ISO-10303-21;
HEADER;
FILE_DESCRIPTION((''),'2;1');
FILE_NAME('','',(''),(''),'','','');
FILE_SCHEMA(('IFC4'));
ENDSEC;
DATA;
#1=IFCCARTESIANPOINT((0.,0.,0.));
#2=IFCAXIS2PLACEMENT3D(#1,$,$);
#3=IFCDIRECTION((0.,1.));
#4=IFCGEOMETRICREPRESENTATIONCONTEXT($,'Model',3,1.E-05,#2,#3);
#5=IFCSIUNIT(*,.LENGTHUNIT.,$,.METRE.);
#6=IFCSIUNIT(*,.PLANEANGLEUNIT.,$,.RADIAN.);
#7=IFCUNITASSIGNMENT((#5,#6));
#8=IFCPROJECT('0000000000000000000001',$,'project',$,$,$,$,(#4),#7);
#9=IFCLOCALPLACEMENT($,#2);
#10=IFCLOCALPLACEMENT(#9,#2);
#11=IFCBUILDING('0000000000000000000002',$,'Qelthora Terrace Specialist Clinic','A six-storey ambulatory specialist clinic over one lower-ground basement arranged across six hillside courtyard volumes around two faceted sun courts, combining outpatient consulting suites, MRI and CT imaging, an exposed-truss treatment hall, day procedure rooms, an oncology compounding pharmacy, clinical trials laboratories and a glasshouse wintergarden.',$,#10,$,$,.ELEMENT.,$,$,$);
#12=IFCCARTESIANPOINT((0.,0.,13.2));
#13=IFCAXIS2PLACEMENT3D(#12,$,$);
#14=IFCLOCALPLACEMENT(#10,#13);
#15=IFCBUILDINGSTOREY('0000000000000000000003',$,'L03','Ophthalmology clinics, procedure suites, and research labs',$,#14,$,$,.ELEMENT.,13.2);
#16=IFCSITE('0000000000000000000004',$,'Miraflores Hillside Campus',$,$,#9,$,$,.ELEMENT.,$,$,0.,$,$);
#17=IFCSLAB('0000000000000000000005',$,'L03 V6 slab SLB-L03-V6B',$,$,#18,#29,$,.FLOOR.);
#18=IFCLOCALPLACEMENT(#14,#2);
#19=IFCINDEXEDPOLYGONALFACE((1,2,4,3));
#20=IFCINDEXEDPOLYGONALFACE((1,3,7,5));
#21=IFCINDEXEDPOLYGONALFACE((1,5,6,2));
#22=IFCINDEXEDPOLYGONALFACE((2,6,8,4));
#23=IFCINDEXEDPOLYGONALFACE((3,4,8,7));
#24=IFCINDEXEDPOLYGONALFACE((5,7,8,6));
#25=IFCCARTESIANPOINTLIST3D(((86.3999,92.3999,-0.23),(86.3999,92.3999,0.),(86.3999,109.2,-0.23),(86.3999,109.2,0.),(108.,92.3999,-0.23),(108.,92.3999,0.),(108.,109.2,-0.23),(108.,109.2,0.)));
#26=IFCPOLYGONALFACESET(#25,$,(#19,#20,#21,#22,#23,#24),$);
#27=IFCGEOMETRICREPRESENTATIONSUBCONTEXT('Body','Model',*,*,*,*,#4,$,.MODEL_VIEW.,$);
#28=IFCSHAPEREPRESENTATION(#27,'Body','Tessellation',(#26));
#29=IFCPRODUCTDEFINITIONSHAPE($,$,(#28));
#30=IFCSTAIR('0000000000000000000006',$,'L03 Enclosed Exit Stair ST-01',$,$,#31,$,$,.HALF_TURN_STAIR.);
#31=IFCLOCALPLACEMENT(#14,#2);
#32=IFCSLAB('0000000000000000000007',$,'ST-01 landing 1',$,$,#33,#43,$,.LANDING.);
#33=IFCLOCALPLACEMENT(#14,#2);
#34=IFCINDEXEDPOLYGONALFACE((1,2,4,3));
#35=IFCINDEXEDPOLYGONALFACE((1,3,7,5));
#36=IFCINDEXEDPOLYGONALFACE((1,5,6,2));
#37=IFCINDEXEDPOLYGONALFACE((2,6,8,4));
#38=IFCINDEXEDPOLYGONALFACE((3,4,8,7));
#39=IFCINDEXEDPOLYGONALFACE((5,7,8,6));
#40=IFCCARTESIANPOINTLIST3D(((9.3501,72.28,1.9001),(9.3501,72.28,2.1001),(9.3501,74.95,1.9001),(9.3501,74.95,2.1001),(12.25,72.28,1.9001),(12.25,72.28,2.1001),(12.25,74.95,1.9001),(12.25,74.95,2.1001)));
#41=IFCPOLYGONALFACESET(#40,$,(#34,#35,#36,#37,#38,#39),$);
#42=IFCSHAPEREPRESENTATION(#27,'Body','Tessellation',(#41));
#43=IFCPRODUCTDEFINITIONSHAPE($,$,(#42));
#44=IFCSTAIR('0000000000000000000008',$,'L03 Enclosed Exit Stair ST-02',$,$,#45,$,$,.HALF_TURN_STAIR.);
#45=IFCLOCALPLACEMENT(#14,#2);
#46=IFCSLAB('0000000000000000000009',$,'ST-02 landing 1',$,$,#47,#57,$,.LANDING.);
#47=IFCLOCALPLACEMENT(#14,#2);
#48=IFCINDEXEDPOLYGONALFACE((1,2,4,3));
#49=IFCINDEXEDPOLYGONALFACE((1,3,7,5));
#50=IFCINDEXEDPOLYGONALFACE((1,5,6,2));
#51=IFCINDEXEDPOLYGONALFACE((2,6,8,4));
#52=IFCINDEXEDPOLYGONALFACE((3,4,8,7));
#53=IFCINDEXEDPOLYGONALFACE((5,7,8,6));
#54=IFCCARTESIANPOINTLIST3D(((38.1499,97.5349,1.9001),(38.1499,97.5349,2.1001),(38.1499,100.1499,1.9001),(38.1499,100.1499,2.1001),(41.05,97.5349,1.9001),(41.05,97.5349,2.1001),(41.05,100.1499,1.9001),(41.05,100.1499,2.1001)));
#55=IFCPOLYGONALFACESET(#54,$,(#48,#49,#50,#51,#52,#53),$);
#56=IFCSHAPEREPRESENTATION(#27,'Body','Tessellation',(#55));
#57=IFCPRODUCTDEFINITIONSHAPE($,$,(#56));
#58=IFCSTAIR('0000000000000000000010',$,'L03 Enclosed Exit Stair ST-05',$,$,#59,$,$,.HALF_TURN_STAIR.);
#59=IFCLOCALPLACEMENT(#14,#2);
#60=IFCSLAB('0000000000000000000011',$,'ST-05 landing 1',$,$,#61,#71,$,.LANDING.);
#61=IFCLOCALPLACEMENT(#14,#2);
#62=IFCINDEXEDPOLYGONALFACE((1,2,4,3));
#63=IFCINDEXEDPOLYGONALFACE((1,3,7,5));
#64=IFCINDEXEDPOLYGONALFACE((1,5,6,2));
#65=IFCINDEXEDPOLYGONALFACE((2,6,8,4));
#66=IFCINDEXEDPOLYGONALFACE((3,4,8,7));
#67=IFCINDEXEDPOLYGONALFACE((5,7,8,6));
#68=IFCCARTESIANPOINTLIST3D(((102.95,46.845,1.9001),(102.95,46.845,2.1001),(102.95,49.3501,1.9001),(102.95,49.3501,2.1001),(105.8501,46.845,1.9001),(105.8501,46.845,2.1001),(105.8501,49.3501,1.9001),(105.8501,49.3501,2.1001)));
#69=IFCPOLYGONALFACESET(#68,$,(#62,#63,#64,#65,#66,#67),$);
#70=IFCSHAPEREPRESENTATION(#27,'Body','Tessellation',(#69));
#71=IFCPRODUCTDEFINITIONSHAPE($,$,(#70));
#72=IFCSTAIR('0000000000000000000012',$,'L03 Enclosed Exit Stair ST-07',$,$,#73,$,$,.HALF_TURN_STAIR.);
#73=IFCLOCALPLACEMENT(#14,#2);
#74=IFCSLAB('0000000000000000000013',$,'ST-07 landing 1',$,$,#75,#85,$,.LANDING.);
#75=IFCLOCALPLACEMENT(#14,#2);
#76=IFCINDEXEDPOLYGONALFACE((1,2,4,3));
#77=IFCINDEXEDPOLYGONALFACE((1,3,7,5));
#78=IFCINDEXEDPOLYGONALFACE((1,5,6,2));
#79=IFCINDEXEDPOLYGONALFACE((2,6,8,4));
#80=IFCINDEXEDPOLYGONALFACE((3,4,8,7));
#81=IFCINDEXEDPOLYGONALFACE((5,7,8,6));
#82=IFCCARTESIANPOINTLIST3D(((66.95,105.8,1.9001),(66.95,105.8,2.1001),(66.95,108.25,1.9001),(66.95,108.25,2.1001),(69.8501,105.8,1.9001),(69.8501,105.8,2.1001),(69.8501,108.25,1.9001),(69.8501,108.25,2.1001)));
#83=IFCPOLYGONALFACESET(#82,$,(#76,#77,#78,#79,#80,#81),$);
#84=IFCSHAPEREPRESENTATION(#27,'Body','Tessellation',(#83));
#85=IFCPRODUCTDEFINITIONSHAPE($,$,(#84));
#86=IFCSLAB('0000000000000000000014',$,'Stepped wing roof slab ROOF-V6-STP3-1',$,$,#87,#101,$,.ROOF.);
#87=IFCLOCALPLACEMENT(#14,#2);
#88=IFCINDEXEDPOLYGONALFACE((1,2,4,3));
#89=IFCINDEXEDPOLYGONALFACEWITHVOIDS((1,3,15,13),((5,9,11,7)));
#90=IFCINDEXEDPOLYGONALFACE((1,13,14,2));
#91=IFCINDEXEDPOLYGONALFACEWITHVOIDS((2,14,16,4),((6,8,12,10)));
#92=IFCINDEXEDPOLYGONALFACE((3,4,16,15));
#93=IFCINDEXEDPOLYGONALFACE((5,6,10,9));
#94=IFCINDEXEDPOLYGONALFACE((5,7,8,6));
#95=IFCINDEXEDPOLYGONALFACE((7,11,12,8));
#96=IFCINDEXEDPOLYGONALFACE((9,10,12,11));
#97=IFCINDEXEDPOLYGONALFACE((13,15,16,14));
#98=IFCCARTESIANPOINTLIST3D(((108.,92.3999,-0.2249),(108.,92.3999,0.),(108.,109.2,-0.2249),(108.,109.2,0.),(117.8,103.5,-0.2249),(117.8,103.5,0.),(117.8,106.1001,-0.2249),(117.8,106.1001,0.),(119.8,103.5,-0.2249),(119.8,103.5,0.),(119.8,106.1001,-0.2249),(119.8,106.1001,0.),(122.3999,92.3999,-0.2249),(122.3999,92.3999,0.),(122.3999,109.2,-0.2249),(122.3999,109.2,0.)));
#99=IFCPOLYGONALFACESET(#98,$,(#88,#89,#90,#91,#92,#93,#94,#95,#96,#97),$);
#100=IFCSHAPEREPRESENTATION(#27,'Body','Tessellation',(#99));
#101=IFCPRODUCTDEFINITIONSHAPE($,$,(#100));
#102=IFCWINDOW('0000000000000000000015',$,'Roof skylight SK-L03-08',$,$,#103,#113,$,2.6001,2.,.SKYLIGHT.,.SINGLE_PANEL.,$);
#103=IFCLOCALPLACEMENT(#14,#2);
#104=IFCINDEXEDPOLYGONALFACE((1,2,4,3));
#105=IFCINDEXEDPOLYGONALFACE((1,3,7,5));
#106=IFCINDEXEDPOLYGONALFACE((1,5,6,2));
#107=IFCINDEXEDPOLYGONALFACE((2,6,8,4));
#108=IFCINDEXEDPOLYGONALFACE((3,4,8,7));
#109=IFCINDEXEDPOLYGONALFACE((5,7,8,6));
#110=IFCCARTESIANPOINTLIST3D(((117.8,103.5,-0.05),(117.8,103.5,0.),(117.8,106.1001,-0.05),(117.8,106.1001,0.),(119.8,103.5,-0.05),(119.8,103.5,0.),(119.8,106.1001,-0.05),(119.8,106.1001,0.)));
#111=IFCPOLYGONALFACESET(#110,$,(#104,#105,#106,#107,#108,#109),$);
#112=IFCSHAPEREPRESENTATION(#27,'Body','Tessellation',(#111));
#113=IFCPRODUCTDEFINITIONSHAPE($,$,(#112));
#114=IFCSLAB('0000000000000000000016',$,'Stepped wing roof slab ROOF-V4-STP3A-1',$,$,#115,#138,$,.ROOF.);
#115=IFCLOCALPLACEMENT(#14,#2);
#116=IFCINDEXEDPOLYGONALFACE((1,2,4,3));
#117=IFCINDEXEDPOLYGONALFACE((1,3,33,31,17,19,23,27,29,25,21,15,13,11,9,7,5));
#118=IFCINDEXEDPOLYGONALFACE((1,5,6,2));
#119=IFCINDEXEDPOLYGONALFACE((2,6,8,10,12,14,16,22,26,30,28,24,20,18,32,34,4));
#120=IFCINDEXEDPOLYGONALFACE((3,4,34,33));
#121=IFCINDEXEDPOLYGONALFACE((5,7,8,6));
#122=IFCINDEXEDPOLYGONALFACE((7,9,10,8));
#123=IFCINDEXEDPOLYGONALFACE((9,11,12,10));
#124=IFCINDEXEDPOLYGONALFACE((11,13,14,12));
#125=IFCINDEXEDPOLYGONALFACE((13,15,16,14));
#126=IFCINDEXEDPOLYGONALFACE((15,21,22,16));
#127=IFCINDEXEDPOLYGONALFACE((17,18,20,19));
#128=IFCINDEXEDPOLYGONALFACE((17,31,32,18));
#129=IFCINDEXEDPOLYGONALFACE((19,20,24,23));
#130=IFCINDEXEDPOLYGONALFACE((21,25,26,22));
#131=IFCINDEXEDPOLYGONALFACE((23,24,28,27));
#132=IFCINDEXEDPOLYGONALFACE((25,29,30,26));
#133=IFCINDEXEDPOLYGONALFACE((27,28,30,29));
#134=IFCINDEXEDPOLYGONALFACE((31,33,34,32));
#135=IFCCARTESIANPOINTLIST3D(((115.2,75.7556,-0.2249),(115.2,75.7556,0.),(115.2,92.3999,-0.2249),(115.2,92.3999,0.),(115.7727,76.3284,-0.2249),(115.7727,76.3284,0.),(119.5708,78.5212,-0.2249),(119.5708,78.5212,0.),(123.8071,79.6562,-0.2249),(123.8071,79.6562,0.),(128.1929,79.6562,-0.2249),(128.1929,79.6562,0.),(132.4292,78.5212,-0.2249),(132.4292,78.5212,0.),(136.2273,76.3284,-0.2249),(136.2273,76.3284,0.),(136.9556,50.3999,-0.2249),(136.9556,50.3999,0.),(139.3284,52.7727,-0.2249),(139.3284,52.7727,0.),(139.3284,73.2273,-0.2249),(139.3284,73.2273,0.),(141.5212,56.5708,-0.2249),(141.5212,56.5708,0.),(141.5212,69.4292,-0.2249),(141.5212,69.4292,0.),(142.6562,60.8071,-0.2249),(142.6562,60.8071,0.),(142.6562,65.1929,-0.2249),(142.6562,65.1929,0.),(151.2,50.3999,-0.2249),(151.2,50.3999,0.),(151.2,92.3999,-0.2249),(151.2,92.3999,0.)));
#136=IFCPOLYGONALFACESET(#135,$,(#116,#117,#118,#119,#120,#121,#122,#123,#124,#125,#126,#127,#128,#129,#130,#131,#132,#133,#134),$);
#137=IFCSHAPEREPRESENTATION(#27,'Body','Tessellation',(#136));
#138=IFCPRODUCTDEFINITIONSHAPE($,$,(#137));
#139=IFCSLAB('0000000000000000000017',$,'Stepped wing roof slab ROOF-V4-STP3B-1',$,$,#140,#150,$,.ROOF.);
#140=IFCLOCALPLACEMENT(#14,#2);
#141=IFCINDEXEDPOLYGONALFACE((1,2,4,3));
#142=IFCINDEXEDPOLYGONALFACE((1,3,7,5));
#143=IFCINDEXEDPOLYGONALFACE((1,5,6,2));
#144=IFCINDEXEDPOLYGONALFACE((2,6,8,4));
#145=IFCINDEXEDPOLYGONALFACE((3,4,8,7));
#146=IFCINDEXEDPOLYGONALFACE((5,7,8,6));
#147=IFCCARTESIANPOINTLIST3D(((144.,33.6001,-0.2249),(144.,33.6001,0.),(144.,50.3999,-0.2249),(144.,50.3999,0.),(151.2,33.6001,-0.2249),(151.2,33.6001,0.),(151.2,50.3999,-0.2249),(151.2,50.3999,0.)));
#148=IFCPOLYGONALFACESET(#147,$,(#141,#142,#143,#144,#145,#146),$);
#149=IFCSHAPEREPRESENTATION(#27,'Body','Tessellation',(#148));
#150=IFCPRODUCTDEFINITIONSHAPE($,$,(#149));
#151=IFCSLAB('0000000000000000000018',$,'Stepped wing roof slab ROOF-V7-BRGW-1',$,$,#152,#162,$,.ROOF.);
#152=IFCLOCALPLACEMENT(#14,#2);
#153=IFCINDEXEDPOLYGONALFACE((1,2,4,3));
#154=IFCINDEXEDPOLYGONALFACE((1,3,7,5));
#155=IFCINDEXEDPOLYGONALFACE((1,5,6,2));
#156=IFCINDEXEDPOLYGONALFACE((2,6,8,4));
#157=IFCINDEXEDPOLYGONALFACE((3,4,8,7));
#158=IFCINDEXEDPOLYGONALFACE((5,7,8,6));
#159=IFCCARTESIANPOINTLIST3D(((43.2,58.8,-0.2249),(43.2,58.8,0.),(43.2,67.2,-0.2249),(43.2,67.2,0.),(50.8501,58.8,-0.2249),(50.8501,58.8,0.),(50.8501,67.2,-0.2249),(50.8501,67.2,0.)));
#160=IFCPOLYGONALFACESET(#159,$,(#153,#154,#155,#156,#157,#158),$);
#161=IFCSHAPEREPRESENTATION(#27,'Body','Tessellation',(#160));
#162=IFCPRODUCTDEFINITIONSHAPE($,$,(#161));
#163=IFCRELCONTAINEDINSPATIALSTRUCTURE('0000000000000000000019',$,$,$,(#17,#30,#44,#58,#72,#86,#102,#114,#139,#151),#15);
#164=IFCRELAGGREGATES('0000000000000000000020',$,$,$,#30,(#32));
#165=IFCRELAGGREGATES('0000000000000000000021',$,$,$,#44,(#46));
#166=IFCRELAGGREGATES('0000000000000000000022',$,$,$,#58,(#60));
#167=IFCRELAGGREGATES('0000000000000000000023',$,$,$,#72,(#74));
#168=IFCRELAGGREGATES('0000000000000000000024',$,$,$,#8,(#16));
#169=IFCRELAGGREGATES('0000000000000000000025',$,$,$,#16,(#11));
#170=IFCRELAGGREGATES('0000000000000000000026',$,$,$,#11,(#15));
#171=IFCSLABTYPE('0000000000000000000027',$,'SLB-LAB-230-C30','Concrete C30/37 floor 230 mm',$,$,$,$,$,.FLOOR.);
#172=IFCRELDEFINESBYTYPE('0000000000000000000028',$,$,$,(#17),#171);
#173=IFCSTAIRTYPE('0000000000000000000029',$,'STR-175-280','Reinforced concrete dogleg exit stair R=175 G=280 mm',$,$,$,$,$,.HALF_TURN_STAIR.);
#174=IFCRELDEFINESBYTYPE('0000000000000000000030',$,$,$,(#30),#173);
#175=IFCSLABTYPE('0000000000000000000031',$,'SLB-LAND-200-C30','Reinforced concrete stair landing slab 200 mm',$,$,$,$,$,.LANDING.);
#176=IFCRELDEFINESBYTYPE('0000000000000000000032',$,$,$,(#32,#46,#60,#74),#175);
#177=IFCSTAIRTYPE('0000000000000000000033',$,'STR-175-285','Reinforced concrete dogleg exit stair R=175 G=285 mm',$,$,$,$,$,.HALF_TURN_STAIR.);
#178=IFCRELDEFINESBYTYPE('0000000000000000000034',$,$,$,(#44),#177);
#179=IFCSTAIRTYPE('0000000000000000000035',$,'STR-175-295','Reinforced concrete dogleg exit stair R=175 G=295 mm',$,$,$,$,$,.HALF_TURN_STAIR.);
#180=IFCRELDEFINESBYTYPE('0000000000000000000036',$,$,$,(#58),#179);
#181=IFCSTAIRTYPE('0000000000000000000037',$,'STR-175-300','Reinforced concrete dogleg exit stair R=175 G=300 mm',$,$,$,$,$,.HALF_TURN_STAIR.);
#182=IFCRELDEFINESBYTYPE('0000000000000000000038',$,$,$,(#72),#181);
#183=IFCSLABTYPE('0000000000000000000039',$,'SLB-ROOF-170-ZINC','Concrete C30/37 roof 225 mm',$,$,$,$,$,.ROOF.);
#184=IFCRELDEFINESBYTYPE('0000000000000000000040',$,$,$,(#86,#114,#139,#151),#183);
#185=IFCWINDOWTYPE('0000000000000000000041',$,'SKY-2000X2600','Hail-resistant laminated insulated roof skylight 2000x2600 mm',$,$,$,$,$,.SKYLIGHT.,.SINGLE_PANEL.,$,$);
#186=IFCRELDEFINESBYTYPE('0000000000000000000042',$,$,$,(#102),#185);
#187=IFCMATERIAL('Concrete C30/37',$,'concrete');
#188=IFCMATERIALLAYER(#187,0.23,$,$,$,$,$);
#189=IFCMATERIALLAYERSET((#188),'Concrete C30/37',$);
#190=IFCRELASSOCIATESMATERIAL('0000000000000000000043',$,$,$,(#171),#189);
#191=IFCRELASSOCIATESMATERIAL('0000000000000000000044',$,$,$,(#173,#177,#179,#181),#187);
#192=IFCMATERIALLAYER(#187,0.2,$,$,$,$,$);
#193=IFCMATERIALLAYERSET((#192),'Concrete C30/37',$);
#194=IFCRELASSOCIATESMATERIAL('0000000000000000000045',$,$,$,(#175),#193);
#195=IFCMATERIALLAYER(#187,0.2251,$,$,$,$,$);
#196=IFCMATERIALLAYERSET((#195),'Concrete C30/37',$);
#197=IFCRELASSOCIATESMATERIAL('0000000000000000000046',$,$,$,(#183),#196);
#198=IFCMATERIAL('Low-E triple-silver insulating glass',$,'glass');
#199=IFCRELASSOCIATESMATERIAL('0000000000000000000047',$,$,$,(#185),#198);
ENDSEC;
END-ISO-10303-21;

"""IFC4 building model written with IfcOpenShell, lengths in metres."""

from ifc_helpers import new_model, si_unit, direction, frame, origin, origin_2d, place, context, subcontext, project, spatial, polyline, rectangle, outline, extrude, material, layer, layer_set, type_object, element, fill, aggregate, save


model = new_model("IFC4")

# Units and contexts
model_context = context("Model", 3, precision=1e-05, world=origin(), true_north=direction((0.0, 1.0)))
body_context = subcontext(model_context, "Body", "Model", "MODEL_VIEW")
ifc_project = project(units=[si_unit("LENGTHUNIT", "METRE"), si_unit("PLANEANGLEUNIT", "RADIAN")], contexts=[model_context])

# Site, building, storey
site_placement = place(None, origin())
site = spatial("IfcSite", under=ifc_project, at=site_placement, Name="Miraflores Hillside Campus", CompositionType="ELEMENT", RefElevation=0.0)
building_placement = place(site_placement, origin())
building = spatial("IfcBuilding", under=site, at=building_placement, Name="Qelthora Terrace Specialist Clinic", Description="A six-storey ambulatory specialist clinic over one lower-ground basement arranged across six hillside courtyard volumes around two faceted sun courts, combining outpatient consulting suites, MRI and CT imaging, an exposed-truss treatment hall, day procedure rooms, an oncology compounding pharmacy, clinical trials laboratories and a glasshouse wintergarden.", CompositionType="ELEMENT")
storey_placement = place(building_placement, frame((0.0, 0.0, 13.2)))
storey = spatial("IfcBuildingStorey", under=building, at=storey_placement, Name="L03", Description="Ophthalmology clinics, procedure suites, and research labs", CompositionType="ELEMENT", Elevation=13.2)

# Slab
ifc_material_1 = material(Name="Concrete C30/37", Category="concrete")
ifc_layer_1 = layer(ifc_material_1, 0.23)
ifc_layer_set_1 = layer_set([ifc_layer_1], Name="Concrete C30/37")
slab_type_1 = type_object("IfcSlabType", Name="SLB-LAB-230-C30", Description="Concrete C30/37 floor 230 mm", PredefinedType="FLOOR", material=ifc_layer_set_1)
slab_1_placement = place(storey_placement, frame((0.0, 0.0, -0.23)))
element("IfcSlab", 1, at=slab_1_placement, inside=storey, type_object=slab_type_1, Name="L03 V6 slab SLB-L03-V6B", PredefinedType="FLOOR", context=body_context, shape_type="SweptSolid", body=[
    extrude(outline(polyline([(86.3999, 109.2), (108.0, 109.2), (108.0, 92.3999), (86.3999, 92.3999), (86.3999, 109.2)])), origin(), (0.0, 0.0, 1.0), 0.23),
])

# Stairs, slabs
stair_type_1 = type_object("IfcStairType", Name="STR-175-280", Description="Reinforced concrete dogleg exit stair R=175 G=280 mm", PredefinedType="HALF_TURN_STAIR", material=ifc_material_1)
stair_1_placement = place(storey_placement, origin())
stair_1 = element("IfcStair", 2, at=stair_1_placement, inside=storey, type_object=stair_type_1, Name="L03 Enclosed Exit Stair ST-01", PredefinedType="HALF_TURN_STAIR")
ifc_layer_2 = layer(ifc_material_1, 0.2)
ifc_layer_set_2 = layer_set([ifc_layer_2], Name="Concrete C30/37")
slab_type_2 = type_object("IfcSlabType", Name="SLB-LAND-200-C30", Description="Reinforced concrete stair landing slab 200 mm", PredefinedType="LANDING", material=ifc_layer_set_2)
slab_2_placement = place(storey_placement, frame((0.0, 0.0, 1.9001)))
slab_2 = element("IfcSlab", 3, at=slab_2_placement, type_object=slab_type_2, Name="ST-01 landing 1", PredefinedType="LANDING", context=body_context, shape_type="SweptSolid", body=[
    extrude(outline(polyline([(12.25, 72.28), (12.25, 74.95), (9.3501, 74.95), (9.3501, 72.28), (12.25, 72.28)])), origin(), (0.0, 0.0, 1.0), 0.2),
])
aggregate(stair_1, [slab_2])
stair_type_2 = type_object("IfcStairType", Name="STR-175-285", Description="Reinforced concrete dogleg exit stair R=175 G=285 mm", PredefinedType="HALF_TURN_STAIR", material=ifc_material_1)
stair_2_placement = place(storey_placement, origin())
stair_2 = element("IfcStair", 4, at=stair_2_placement, inside=storey, type_object=stair_type_2, Name="L03 Enclosed Exit Stair ST-02", PredefinedType="HALF_TURN_STAIR")
slab_3_placement = place(storey_placement, frame((0.0, 0.0, 1.9001)))
slab_3 = element("IfcSlab", 5, at=slab_3_placement, type_object=slab_type_2, Name="ST-02 landing 1", PredefinedType="LANDING", context=body_context, shape_type="SweptSolid", body=[
    extrude(outline(polyline([(41.05, 97.5349), (41.05, 100.1499), (38.1499, 100.1499), (38.1499, 97.5349), (41.05, 97.5349)])), origin(), (0.0, 0.0, 1.0), 0.2),
])
aggregate(stair_2, [slab_3])
stair_type_3 = type_object("IfcStairType", Name="STR-175-295", Description="Reinforced concrete dogleg exit stair R=175 G=295 mm", PredefinedType="HALF_TURN_STAIR", material=ifc_material_1)
stair_3_placement = place(storey_placement, origin())
stair_3 = element("IfcStair", 6, at=stair_3_placement, inside=storey, type_object=stair_type_3, Name="L03 Enclosed Exit Stair ST-05", PredefinedType="HALF_TURN_STAIR")
slab_4_placement = place(storey_placement, frame((0.0, 0.0, 1.9001)))
slab_4 = element("IfcSlab", 7, at=slab_4_placement, type_object=slab_type_2, Name="ST-05 landing 1", PredefinedType="LANDING", context=body_context, shape_type="SweptSolid", body=[
    extrude(outline(polyline([(105.8501, 46.845), (105.8501, 49.3501), (102.95, 49.3501), (102.95, 46.845), (105.8501, 46.845)])), origin(), (0.0, 0.0, 1.0), 0.2),
])
aggregate(stair_3, [slab_4])
stair_type_4 = type_object("IfcStairType", Name="STR-175-300", Description="Reinforced concrete dogleg exit stair R=175 G=300 mm", PredefinedType="HALF_TURN_STAIR", material=ifc_material_1)
stair_4_placement = place(storey_placement, origin())
stair_4 = element("IfcStair", 8, at=stair_4_placement, inside=storey, type_object=stair_type_4, Name="L03 Enclosed Exit Stair ST-07", PredefinedType="HALF_TURN_STAIR")
slab_5_placement = place(storey_placement, frame((0.0, 0.0, 1.9001)))
slab_5 = element("IfcSlab", 9, at=slab_5_placement, type_object=slab_type_2, Name="ST-07 landing 1", PredefinedType="LANDING", context=body_context, shape_type="SweptSolid", body=[
    extrude(outline(polyline([(69.8501, 105.8), (69.8501, 108.25), (66.95, 108.25), (66.95, 105.8), (69.8501, 105.8)])), origin(), (0.0, 0.0, 1.0), 0.2),
])
aggregate(stair_4, [slab_5])

# Slab, opening, window
ifc_layer_3 = layer(ifc_material_1, 0.2251)
ifc_layer_set_3 = layer_set([ifc_layer_3], Name="Concrete C30/37")
slab_type_3 = type_object("IfcSlabType", Name="SLB-ROOF-170-ZINC", Description="Concrete C30/37 roof 225 mm", PredefinedType="ROOF", material=ifc_layer_set_3)
slab_6_placement = place(storey_placement, frame((0.0, 0.0, -0.2249)))
slab_6 = element("IfcSlab", 10, at=slab_6_placement, inside=storey, type_object=slab_type_3, Name="Stepped wing roof slab ROOF-V6-STP3-1", PredefinedType="ROOF", context=body_context, shape_type="SweptSolid", body=[
    extrude(outline(polyline([(122.3999, 109.2), (122.3999, 92.3999), (108.0, 92.3999), (108.0, 109.2), (122.3999, 109.2)])), origin(), (0.0, 0.0, 1.0), 0.2249),
])
opening_1_placement = place(slab_6_placement, frame((118.8, 104.8, 0.0)))
opening_1 = element("IfcOpeningElement", 11, at=opening_1_placement, cuts=slab_6, PredefinedType="OPENING", context=body_context, shape_type="SweptSolid", body=[
    extrude(rectangle(XDim=2.0, YDim=2.6001, at=origin_2d()), frame((0.0, 0.0, -0.01)), (0.0, 0.0, 1.0), 0.2449),
])
ifc_material_2 = material(Name="Low-E triple-silver insulating glass", Category="glass")
window_type_1 = type_object("IfcWindowType", Name="SKY-2000X2600", Description="Hail-resistant laminated insulated roof skylight 2000x2600 mm", PartitioningType="SINGLE_PANEL", PredefinedType="SKYLIGHT", material=ifc_material_2)
window_1_placement = place(opening_1_placement, frame((0.0, 0.0, 0.1748)))
window_1 = element("IfcWindow", 12, at=window_1_placement, inside=storey, type_object=window_type_1, Name="Roof skylight SK-L03-08", OverallHeight=2.6001, OverallWidth=2.0, PartitioningType="SINGLE_PANEL", PredefinedType="SKYLIGHT", context=body_context, shape_type="SweptSolid", body=[
    extrude(rectangle(XDim=2.0, YDim=2.6001, at=origin_2d()), origin(), (0.0, 0.0, 1.0), 0.05),
])
fill(opening_1, window_1)

# Slabs
slab_7_placement = place(storey_placement, frame((0.0, 0.0, -0.2249)))
element("IfcSlab", 13, at=slab_7_placement, inside=storey, type_object=slab_type_3, Name="Stepped wing roof slab ROOF-V4-STP3A-1", PredefinedType="ROOF", context=body_context, shape_type="SweptSolid", body=[
    extrude(outline(polyline([(151.2, 92.3999), (151.2, 50.3999), (136.9556, 50.3999), (139.3284, 52.7727), (141.5212, 56.5708), (142.6562, 60.8071), (142.6562, 65.1929), (141.5212, 69.4292), (139.3284, 73.2273), (136.2273, 76.3284), (132.4292, 78.5212), (128.1929, 79.6562), (123.8071, 79.6562), (119.5708, 78.5212), (115.7727, 76.3284), (115.2, 75.7556), (115.2, 92.3999), (151.2, 92.3999)])), origin(), (0.0, 0.0, 1.0), 0.2249),
])
slab_8_placement = place(storey_placement, frame((0.0, 0.0, -0.2249)))
element("IfcSlab", 14, at=slab_8_placement, inside=storey, type_object=slab_type_3, Name="Stepped wing roof slab ROOF-V4-STP3B-1", PredefinedType="ROOF", context=body_context, shape_type="SweptSolid", body=[
    extrude(outline(polyline([(151.2, 50.3999), (151.2, 33.6001), (144.0, 33.6001), (144.0, 50.3999), (151.2, 50.3999)])), origin(), (0.0, 0.0, 1.0), 0.2249),
])
slab_9_placement = place(storey_placement, frame((0.0, 0.0, -0.2249)))
element("IfcSlab", 15, at=slab_9_placement, inside=storey, type_object=slab_type_3, Name="Stepped wing roof slab ROOF-V7-BRGW-1", PredefinedType="ROOF", context=body_context, shape_type="SweptSolid", body=[
    extrude(outline(polyline([(50.8501, 67.2), (50.8501, 58.8), (43.2, 58.8), (43.2, 67.2), (50.8501, 67.2)])), origin(), (0.0, 0.0, 1.0), 0.2249),
])

save(model, "model.ifc")
